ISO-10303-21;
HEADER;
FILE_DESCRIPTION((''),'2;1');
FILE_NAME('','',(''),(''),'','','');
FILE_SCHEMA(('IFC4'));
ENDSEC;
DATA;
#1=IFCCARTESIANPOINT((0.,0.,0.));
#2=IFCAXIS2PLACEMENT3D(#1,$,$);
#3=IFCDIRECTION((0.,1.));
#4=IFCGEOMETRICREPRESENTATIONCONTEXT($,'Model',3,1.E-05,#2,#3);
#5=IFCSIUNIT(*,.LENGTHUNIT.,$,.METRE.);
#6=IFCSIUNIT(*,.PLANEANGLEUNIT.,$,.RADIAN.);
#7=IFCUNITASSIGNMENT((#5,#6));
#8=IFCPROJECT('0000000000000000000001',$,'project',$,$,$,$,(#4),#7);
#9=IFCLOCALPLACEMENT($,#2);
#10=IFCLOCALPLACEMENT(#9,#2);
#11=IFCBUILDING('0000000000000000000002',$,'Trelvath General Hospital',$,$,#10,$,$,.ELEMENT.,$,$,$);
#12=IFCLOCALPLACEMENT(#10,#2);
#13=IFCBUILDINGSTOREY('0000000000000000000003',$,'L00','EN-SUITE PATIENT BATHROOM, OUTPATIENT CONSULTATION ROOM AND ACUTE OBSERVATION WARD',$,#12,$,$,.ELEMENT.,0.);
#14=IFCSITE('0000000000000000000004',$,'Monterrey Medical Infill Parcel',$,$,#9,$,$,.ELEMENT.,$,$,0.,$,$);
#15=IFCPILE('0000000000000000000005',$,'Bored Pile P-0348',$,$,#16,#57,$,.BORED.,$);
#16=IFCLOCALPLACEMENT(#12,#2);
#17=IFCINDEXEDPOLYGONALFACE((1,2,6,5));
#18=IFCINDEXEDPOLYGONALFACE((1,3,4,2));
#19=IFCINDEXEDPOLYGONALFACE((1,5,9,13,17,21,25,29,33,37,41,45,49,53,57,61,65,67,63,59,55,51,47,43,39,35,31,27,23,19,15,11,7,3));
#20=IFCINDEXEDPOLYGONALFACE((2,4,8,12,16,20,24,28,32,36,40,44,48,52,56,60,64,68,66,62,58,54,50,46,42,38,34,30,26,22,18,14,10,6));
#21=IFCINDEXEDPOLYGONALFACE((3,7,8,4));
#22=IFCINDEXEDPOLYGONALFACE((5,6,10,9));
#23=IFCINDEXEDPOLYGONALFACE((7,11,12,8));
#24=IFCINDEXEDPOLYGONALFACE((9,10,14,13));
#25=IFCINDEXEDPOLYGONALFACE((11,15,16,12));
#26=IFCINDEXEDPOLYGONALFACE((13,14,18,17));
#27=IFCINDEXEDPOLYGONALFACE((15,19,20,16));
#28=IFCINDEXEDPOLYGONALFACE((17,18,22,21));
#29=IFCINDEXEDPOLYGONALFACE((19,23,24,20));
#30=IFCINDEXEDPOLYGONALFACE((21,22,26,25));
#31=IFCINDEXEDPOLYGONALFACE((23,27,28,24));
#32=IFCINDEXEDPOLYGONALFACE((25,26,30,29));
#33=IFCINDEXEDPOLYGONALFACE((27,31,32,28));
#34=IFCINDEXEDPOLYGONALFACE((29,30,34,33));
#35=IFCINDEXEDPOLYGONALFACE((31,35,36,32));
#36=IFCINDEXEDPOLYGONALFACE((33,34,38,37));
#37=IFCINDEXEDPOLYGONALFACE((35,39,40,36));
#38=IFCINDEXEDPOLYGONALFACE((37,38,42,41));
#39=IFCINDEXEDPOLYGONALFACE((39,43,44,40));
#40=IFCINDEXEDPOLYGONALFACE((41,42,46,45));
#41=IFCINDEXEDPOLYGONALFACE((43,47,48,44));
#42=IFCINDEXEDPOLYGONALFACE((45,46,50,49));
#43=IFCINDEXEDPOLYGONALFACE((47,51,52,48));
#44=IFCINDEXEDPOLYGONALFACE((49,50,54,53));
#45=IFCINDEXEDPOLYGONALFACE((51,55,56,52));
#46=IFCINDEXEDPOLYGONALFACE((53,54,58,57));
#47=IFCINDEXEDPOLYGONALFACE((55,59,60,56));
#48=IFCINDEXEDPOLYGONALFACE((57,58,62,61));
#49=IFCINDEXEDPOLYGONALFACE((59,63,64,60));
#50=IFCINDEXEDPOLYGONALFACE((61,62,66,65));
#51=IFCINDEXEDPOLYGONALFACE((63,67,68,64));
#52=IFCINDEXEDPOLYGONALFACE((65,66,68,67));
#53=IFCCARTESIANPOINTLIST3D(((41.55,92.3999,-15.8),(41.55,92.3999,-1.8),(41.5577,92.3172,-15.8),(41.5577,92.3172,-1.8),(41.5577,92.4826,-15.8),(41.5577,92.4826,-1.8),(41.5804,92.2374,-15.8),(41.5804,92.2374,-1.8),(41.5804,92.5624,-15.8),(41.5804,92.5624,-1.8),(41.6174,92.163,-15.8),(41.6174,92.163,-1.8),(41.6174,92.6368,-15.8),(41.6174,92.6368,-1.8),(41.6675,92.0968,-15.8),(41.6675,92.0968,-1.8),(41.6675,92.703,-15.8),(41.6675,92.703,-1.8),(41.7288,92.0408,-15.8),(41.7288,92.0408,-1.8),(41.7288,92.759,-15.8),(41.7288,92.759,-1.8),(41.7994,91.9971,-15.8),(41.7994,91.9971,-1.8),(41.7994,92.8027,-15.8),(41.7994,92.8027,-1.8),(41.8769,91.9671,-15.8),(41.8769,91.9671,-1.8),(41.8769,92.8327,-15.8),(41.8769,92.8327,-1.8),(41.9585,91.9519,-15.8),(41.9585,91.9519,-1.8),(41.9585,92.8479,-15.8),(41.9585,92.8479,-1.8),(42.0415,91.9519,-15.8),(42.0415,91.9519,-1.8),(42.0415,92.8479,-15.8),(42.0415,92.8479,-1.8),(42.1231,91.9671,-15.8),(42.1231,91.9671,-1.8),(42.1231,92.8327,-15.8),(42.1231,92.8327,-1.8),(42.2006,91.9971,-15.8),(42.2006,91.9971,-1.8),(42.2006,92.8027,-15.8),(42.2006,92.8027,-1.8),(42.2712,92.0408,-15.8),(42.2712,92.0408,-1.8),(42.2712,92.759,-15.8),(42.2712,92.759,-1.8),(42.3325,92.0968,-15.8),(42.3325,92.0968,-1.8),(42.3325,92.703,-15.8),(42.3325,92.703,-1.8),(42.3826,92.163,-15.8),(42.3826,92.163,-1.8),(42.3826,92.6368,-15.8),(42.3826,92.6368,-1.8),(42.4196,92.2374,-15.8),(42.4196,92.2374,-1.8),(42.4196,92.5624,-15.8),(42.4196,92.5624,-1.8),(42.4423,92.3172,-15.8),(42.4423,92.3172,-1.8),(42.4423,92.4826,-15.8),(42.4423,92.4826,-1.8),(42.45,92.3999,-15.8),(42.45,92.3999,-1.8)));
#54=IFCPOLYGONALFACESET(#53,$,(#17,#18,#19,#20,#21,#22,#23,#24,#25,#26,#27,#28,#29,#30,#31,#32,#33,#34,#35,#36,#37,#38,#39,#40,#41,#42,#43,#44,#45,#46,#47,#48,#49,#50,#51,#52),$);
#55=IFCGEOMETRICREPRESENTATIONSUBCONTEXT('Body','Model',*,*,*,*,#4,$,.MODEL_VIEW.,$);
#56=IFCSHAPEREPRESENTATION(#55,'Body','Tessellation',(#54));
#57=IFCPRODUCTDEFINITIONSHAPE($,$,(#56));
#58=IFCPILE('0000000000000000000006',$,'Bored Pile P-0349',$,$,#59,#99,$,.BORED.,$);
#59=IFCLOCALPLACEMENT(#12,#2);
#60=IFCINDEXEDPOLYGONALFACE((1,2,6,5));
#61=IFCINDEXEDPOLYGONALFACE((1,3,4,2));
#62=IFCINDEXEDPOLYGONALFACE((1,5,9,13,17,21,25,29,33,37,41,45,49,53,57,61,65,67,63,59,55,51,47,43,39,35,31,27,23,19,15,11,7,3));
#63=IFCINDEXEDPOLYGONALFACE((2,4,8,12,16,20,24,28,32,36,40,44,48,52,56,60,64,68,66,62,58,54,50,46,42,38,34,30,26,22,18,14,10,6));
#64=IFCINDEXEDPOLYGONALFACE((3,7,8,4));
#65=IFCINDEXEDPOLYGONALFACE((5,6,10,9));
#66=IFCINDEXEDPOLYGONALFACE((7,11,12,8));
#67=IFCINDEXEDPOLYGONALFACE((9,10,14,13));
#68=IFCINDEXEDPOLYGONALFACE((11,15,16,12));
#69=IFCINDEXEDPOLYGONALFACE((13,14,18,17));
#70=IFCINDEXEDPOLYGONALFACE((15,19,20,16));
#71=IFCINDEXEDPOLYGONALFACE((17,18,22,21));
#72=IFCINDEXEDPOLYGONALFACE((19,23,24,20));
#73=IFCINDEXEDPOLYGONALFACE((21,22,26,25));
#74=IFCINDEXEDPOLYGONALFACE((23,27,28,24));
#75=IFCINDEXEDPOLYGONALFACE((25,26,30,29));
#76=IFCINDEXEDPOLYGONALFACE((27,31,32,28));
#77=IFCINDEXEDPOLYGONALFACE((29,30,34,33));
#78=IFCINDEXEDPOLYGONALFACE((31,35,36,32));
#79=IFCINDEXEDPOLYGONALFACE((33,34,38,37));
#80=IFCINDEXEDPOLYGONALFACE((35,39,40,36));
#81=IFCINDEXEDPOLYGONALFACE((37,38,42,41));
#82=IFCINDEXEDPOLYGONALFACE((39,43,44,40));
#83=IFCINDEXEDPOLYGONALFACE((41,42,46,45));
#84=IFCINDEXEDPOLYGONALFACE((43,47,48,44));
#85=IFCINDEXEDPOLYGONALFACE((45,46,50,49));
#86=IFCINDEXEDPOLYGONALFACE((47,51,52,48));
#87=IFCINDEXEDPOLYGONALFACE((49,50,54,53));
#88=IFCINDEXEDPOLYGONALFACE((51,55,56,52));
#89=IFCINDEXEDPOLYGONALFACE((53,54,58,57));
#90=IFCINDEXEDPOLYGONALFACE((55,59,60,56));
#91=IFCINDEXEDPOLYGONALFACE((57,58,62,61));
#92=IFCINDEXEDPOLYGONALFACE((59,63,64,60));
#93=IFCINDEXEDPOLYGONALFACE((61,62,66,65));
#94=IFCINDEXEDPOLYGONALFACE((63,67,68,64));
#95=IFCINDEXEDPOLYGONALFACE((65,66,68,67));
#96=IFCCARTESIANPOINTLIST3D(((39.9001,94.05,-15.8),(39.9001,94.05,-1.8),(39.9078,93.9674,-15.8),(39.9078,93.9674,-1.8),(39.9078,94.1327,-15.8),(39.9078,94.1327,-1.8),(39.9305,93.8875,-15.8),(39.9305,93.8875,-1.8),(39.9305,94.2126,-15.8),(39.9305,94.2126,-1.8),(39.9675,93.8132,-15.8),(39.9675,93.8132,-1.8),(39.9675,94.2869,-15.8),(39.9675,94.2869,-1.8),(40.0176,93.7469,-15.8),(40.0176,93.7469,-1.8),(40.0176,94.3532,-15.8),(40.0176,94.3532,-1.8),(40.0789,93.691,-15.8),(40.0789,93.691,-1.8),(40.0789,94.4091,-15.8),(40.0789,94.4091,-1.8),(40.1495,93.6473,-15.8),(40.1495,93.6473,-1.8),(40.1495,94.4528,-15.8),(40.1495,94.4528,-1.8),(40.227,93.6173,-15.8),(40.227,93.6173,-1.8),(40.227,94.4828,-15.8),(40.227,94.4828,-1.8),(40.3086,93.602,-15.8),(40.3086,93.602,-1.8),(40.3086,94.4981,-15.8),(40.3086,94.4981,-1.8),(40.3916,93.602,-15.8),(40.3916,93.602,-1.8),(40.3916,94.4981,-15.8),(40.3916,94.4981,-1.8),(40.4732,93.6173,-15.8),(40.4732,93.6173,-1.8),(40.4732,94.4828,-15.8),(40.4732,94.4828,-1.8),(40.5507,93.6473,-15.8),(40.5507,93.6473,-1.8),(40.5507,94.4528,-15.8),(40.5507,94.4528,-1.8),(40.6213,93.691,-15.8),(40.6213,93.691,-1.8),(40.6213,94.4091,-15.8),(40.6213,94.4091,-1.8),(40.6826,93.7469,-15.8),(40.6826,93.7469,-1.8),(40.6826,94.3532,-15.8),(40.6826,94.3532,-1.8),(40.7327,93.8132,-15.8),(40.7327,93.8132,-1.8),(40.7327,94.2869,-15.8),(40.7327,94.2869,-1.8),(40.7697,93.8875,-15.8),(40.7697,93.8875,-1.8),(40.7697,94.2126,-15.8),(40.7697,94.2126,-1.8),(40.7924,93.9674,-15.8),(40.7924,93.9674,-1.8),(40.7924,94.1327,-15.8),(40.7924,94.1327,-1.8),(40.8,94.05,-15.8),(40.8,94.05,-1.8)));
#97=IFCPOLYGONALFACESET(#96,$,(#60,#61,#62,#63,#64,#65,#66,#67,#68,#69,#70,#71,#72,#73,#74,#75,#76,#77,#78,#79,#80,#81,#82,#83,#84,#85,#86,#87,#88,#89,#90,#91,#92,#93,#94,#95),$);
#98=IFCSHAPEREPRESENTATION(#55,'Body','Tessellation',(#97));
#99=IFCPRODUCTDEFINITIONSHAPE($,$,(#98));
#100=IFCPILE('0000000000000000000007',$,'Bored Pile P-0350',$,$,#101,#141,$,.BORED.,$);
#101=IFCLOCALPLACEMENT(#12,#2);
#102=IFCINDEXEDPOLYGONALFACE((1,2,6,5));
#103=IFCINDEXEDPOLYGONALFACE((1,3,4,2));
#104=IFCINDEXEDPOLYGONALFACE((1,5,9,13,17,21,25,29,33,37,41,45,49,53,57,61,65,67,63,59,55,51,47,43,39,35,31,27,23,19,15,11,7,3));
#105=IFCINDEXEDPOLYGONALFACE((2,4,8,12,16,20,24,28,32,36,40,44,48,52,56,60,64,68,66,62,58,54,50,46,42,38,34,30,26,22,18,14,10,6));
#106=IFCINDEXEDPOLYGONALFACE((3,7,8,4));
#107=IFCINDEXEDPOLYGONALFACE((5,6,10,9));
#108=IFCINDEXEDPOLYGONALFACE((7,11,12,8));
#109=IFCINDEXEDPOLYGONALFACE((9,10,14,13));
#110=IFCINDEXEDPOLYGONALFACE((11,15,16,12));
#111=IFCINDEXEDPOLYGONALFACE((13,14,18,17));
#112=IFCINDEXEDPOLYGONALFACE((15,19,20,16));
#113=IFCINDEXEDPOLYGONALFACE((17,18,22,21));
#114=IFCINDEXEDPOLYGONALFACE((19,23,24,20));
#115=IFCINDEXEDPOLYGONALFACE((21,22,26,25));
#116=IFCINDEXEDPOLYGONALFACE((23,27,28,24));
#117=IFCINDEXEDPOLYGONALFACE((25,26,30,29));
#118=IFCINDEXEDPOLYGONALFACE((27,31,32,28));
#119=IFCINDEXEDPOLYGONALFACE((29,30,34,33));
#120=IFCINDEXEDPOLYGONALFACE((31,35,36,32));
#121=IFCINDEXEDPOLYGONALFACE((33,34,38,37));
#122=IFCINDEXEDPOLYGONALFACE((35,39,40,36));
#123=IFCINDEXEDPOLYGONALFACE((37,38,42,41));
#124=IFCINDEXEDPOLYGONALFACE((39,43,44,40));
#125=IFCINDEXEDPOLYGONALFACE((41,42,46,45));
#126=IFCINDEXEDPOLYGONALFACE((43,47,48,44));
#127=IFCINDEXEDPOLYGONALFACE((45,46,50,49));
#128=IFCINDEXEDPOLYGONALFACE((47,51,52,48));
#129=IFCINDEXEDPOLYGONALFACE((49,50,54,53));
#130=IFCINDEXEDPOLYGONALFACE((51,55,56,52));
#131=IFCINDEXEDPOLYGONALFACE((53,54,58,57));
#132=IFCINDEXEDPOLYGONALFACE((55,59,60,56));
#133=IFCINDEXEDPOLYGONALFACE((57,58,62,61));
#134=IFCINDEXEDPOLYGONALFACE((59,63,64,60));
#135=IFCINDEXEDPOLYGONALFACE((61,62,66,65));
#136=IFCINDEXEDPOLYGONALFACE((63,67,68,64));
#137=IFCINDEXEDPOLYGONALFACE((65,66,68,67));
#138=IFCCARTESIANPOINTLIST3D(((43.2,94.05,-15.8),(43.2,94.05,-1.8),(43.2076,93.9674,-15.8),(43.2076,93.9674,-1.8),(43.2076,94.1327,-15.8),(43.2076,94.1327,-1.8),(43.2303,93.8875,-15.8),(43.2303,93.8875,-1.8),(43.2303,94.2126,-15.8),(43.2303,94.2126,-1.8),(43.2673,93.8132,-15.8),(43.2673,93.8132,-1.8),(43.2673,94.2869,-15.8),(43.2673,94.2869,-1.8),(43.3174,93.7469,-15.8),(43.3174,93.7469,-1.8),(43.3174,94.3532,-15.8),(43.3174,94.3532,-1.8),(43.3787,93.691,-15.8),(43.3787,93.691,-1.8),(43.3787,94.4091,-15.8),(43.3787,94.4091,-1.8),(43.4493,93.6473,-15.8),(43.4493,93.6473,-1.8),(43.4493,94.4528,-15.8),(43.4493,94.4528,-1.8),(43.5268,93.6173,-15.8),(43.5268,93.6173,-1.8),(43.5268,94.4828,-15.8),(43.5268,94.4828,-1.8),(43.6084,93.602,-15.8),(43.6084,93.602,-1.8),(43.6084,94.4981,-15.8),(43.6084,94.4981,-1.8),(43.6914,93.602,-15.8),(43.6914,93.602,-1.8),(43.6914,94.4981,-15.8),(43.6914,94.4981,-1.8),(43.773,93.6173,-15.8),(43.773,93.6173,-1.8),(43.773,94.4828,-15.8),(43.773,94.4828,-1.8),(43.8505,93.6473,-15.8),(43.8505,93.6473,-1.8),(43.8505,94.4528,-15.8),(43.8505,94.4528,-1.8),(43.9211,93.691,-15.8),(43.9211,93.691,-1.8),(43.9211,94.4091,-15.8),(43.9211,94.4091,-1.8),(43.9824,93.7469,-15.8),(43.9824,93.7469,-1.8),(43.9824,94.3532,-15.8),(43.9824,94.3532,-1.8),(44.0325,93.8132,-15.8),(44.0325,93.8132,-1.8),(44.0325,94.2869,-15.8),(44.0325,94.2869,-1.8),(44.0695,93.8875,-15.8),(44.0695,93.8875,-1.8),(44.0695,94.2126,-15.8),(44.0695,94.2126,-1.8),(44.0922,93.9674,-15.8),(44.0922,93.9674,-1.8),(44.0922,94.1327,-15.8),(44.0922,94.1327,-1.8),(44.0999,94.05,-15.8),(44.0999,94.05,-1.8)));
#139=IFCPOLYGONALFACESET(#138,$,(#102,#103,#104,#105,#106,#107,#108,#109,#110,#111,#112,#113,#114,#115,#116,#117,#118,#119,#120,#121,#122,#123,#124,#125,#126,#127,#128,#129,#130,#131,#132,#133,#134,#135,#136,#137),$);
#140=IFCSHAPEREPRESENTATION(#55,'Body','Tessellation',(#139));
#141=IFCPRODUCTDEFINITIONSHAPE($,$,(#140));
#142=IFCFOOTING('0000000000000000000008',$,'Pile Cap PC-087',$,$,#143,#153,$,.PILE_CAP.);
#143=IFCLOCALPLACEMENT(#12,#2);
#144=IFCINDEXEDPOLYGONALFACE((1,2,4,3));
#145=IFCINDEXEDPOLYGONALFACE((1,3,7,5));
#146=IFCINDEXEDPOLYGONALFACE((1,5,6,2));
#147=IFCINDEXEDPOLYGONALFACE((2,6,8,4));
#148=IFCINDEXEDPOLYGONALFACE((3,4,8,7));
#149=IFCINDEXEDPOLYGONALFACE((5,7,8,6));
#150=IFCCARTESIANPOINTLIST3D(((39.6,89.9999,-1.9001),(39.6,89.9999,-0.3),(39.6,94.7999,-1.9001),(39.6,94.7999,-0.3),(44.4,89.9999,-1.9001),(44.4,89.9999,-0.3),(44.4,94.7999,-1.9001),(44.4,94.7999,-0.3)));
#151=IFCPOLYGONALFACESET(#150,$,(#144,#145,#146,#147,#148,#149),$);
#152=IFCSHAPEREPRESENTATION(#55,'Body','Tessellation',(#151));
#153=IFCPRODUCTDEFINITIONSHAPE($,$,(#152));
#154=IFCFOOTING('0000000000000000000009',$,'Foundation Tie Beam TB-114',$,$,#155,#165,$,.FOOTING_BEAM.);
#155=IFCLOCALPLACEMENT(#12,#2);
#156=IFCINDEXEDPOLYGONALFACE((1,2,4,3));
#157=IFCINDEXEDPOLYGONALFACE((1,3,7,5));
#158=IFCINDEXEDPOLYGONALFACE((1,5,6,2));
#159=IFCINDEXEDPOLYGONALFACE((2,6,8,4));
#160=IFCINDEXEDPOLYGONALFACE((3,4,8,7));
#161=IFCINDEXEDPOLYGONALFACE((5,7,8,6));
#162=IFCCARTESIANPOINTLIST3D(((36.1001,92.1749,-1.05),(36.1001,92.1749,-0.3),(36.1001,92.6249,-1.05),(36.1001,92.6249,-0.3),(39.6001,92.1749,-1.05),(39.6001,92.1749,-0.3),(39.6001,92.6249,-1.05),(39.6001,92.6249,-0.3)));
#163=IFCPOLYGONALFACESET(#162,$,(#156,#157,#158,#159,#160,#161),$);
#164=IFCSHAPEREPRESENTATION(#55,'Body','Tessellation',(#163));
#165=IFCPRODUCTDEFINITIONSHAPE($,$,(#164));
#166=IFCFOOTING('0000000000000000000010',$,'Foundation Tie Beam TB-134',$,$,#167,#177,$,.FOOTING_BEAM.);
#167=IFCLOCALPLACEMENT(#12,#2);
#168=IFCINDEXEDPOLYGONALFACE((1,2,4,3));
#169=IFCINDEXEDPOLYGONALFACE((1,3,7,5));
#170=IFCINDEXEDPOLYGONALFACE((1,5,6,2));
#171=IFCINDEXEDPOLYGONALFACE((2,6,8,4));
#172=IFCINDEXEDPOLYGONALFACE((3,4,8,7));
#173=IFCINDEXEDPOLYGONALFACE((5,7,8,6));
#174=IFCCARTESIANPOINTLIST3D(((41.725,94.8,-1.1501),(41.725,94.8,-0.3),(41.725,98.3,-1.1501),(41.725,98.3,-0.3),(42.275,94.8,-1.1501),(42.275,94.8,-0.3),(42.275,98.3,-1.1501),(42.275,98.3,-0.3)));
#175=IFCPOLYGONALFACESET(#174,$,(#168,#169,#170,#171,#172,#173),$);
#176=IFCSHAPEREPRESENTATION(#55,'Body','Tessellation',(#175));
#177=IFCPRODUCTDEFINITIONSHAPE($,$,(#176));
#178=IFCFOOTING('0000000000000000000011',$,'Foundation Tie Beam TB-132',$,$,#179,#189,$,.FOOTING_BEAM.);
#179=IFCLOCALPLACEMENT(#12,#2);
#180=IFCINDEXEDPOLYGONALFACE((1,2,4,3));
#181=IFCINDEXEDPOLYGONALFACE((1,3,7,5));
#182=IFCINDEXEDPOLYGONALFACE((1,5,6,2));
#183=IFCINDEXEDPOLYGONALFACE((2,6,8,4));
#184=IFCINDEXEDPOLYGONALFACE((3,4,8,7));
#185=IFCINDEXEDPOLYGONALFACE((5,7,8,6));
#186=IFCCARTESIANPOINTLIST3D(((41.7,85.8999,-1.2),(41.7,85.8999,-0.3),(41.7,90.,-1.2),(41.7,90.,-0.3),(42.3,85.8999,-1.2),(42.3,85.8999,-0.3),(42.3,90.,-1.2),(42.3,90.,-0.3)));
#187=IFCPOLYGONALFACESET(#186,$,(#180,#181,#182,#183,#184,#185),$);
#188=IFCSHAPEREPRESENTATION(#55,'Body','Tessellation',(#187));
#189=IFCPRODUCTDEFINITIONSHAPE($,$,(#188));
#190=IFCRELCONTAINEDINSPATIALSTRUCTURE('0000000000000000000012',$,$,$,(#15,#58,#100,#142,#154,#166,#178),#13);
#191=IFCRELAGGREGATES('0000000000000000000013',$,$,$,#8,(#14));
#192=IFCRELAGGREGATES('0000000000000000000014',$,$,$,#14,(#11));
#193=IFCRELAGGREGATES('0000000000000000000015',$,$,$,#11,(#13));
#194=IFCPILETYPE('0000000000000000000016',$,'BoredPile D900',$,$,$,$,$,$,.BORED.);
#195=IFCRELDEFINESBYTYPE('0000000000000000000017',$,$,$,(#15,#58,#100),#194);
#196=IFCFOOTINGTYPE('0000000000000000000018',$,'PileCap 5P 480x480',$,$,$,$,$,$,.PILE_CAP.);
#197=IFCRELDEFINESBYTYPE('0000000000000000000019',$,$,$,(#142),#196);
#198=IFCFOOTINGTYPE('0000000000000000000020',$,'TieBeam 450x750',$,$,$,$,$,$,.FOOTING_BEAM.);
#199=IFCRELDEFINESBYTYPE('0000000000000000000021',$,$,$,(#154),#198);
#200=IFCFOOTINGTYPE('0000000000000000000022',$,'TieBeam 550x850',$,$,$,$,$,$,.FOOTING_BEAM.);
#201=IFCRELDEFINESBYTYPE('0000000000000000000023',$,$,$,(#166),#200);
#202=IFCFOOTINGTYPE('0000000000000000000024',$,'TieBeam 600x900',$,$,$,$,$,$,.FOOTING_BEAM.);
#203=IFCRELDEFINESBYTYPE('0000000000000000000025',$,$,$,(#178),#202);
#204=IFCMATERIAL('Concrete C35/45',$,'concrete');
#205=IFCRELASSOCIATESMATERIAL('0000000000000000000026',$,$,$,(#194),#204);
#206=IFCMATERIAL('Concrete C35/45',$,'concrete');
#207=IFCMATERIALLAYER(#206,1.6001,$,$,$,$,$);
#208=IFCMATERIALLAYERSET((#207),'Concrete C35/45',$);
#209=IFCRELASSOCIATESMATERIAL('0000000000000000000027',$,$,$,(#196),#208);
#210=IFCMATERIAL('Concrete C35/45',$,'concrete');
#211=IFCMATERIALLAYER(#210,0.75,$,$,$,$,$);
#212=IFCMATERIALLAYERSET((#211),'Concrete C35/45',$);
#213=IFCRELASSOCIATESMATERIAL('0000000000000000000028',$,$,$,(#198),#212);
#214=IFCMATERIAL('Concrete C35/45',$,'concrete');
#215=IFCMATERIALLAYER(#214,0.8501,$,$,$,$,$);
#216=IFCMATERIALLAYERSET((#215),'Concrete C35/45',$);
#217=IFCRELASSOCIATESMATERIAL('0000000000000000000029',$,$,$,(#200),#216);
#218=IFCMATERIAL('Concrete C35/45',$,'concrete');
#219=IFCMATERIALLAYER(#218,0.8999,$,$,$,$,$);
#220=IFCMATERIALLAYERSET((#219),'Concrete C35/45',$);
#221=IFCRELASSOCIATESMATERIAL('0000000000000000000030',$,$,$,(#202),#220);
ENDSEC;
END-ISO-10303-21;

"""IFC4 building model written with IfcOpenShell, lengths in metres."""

from ifc_helpers import new_model, si_unit, direction, frame, origin, origin_2d, place, context, subcontext, project, spatial, rectangle, circle, extrude, material, layer, layer_set, material_profile, profile_set, type_object, element, save


model = new_model("IFC4")

# Units and contexts
model_context = context("Model", 3, precision=1e-05, world=origin(), true_north=direction((0.0, 1.0)))
body_context = subcontext(model_context, "Body", "Model", "MODEL_VIEW")
ifc_project = project(units=[si_unit("LENGTHUNIT", "METRE"), si_unit("PLANEANGLEUNIT", "RADIAN")], contexts=[model_context])

# Site, building, storey
site_placement = place(None, origin())
site = spatial("IfcSite", under=ifc_project, at=site_placement, Name="Monterrey Medical Infill Parcel", CompositionType="ELEMENT", RefElevation=0.0)
building_placement = place(site_placement, origin())
building = spatial("IfcBuilding", under=site, at=building_placement, Name="Trelvath General Hospital", CompositionType="ELEMENT")
storey_placement = place(building_placement, origin())
storey = spatial("IfcBuildingStorey", under=building, at=storey_placement, Name="L00", Description="EN-SUITE PATIENT BATHROOM, OUTPATIENT CONSULTATION ROOM AND ACUTE OBSERVATION WARD", CompositionType="ELEMENT", Elevation=0.0)

# Piles
ifc_material_1 = material(Name="Concrete C35/45", Category="concrete")
ifc_material_profile_1 = material_profile(ifc_material_1, circle(Radius=0.45, at=origin_2d()), Name="PILE900")
ifc_profile_set_1 = profile_set([ifc_material_profile_1], Name="Concrete C35/45")
pile_type = type_object("IfcPileType", Name="BoredPile D900", PredefinedType="BORED", material=ifc_profile_set_1)
for number, where, z_axis, x_axis, name in (
    (1, (42.0, 92.3999, -1.8), (0.0, 0.0, -1.0), (1.0, 0.0, 0.0), "Bored Pile P-0348"),
    (2, (40.3501, 94.05, -1.8), (0.0, 0.0, -1.0), (1.0, 0.0, 0.0), "Bored Pile P-0349"),
    (3, (43.6499, 94.05, -1.8), (0.0, 0.0, -1.0), (1.0, 0.0, 0.0), "Bored Pile P-0350"),
):
    element("IfcPile", number, at=place(storey_placement, frame(where, z_axis=z_axis, x_axis=x_axis)), inside=storey, type_object=pile_type, Name=name, PredefinedType="BORED", context=body_context, shape_type="SweptSolid", body=[
        extrude(circle(Radius=0.45, at=origin_2d()), origin(), (0.0, 0.0, 1.0), 14.0),
    ])

# Footings
ifc_material_2 = material(Name="Concrete C35/45", Category="concrete")
ifc_layer_1 = layer(ifc_material_2, 1.6001)
ifc_layer_set_1 = layer_set([ifc_layer_1], Name="Concrete C35/45")
footing_type_1 = type_object("IfcFootingType", Name="PileCap 5P 480x480", PredefinedType="PILE_CAP", material=ifc_layer_set_1)
footing_1_placement = place(storey_placement, frame((42.0, 92.3999, -1.9001), z_axis=(0.0, 0.0, 1.0), x_axis=(1.0, 0.0, 0.0)))
element("IfcFooting", 4, at=footing_1_placement, inside=storey, type_object=footing_type_1, Name="Pile Cap PC-087", PredefinedType="PILE_CAP", context=body_context, shape_type="SweptSolid", body=[
    extrude(rectangle(XDim=4.8, YDim=4.8, at=origin_2d()), origin(), (0.0, 0.0, 1.0), 1.6001),
])
ifc_material_3 = material(Name="Concrete C35/45", Category="concrete")
ifc_layer_2 = layer(ifc_material_3, 0.75)
ifc_layer_set_2 = layer_set([ifc_layer_2], Name="Concrete C35/45")
footing_type_2 = type_object("IfcFootingType", Name="TieBeam 450x750", PredefinedType="FOOTING_BEAM", material=ifc_layer_set_2)
footing_2_placement = place(storey_placement, frame((37.8501, 92.3999, -1.05), z_axis=(0.0, 0.0, 1.0), x_axis=(1.0, 0.0, 0.0)))
element("IfcFooting", 5, at=footing_2_placement, inside=storey, type_object=footing_type_2, Name="Foundation Tie Beam TB-114", PredefinedType="FOOTING_BEAM", context=body_context, shape_type="SweptSolid", body=[
    extrude(rectangle(XDim=3.5, YDim=0.45, at=origin_2d()), origin(), (0.0, 0.0, 1.0), 0.75),
])
ifc_material_4 = material(Name="Concrete C35/45", Category="concrete")
ifc_layer_3 = layer(ifc_material_4, 0.8501)
ifc_layer_set_3 = layer_set([ifc_layer_3], Name="Concrete C35/45")
footing_type_3 = type_object("IfcFootingType", Name="TieBeam 550x850", PredefinedType="FOOTING_BEAM", material=ifc_layer_set_3)
footing_3_placement = place(storey_placement, frame((42.0, 96.55, -1.1501), z_axis=(0.0, 0.0, 1.0), x_axis=(1.0, 0.0, 0.0)))
element("IfcFooting", 6, at=footing_3_placement, inside=storey, type_object=footing_type_3, Name="Foundation Tie Beam TB-134", PredefinedType="FOOTING_BEAM", context=body_context, shape_type="SweptSolid", body=[
    extrude(rectangle(XDim=0.55, YDim=3.5, at=origin_2d()), origin(), (0.0, 0.0, 1.0), 0.8501),
])
ifc_material_5 = material(Name="Concrete C35/45", Category="concrete")
ifc_layer_4 = layer(ifc_material_5, 0.8999)
ifc_layer_set_4 = layer_set([ifc_layer_4], Name="Concrete C35/45")
footing_type_4 = type_object("IfcFootingType", Name="TieBeam 600x900", PredefinedType="FOOTING_BEAM", material=ifc_layer_set_4)
footing_4_placement = place(storey_placement, frame((42.0, 87.95, -1.2), z_axis=(0.0, 0.0, 1.0), x_axis=(1.0, 0.0, 0.0)))
element("IfcFooting", 7, at=footing_4_placement, inside=storey, type_object=footing_type_4, Name="Foundation Tie Beam TB-132", PredefinedType="FOOTING_BEAM", context=body_context, shape_type="SweptSolid", body=[
    extrude(rectangle(XDim=0.6001, YDim=4.1001, at=origin_2d()), origin(), (0.0, 0.0, 1.0), 0.8999),
])

save(model, "model.ifc")
